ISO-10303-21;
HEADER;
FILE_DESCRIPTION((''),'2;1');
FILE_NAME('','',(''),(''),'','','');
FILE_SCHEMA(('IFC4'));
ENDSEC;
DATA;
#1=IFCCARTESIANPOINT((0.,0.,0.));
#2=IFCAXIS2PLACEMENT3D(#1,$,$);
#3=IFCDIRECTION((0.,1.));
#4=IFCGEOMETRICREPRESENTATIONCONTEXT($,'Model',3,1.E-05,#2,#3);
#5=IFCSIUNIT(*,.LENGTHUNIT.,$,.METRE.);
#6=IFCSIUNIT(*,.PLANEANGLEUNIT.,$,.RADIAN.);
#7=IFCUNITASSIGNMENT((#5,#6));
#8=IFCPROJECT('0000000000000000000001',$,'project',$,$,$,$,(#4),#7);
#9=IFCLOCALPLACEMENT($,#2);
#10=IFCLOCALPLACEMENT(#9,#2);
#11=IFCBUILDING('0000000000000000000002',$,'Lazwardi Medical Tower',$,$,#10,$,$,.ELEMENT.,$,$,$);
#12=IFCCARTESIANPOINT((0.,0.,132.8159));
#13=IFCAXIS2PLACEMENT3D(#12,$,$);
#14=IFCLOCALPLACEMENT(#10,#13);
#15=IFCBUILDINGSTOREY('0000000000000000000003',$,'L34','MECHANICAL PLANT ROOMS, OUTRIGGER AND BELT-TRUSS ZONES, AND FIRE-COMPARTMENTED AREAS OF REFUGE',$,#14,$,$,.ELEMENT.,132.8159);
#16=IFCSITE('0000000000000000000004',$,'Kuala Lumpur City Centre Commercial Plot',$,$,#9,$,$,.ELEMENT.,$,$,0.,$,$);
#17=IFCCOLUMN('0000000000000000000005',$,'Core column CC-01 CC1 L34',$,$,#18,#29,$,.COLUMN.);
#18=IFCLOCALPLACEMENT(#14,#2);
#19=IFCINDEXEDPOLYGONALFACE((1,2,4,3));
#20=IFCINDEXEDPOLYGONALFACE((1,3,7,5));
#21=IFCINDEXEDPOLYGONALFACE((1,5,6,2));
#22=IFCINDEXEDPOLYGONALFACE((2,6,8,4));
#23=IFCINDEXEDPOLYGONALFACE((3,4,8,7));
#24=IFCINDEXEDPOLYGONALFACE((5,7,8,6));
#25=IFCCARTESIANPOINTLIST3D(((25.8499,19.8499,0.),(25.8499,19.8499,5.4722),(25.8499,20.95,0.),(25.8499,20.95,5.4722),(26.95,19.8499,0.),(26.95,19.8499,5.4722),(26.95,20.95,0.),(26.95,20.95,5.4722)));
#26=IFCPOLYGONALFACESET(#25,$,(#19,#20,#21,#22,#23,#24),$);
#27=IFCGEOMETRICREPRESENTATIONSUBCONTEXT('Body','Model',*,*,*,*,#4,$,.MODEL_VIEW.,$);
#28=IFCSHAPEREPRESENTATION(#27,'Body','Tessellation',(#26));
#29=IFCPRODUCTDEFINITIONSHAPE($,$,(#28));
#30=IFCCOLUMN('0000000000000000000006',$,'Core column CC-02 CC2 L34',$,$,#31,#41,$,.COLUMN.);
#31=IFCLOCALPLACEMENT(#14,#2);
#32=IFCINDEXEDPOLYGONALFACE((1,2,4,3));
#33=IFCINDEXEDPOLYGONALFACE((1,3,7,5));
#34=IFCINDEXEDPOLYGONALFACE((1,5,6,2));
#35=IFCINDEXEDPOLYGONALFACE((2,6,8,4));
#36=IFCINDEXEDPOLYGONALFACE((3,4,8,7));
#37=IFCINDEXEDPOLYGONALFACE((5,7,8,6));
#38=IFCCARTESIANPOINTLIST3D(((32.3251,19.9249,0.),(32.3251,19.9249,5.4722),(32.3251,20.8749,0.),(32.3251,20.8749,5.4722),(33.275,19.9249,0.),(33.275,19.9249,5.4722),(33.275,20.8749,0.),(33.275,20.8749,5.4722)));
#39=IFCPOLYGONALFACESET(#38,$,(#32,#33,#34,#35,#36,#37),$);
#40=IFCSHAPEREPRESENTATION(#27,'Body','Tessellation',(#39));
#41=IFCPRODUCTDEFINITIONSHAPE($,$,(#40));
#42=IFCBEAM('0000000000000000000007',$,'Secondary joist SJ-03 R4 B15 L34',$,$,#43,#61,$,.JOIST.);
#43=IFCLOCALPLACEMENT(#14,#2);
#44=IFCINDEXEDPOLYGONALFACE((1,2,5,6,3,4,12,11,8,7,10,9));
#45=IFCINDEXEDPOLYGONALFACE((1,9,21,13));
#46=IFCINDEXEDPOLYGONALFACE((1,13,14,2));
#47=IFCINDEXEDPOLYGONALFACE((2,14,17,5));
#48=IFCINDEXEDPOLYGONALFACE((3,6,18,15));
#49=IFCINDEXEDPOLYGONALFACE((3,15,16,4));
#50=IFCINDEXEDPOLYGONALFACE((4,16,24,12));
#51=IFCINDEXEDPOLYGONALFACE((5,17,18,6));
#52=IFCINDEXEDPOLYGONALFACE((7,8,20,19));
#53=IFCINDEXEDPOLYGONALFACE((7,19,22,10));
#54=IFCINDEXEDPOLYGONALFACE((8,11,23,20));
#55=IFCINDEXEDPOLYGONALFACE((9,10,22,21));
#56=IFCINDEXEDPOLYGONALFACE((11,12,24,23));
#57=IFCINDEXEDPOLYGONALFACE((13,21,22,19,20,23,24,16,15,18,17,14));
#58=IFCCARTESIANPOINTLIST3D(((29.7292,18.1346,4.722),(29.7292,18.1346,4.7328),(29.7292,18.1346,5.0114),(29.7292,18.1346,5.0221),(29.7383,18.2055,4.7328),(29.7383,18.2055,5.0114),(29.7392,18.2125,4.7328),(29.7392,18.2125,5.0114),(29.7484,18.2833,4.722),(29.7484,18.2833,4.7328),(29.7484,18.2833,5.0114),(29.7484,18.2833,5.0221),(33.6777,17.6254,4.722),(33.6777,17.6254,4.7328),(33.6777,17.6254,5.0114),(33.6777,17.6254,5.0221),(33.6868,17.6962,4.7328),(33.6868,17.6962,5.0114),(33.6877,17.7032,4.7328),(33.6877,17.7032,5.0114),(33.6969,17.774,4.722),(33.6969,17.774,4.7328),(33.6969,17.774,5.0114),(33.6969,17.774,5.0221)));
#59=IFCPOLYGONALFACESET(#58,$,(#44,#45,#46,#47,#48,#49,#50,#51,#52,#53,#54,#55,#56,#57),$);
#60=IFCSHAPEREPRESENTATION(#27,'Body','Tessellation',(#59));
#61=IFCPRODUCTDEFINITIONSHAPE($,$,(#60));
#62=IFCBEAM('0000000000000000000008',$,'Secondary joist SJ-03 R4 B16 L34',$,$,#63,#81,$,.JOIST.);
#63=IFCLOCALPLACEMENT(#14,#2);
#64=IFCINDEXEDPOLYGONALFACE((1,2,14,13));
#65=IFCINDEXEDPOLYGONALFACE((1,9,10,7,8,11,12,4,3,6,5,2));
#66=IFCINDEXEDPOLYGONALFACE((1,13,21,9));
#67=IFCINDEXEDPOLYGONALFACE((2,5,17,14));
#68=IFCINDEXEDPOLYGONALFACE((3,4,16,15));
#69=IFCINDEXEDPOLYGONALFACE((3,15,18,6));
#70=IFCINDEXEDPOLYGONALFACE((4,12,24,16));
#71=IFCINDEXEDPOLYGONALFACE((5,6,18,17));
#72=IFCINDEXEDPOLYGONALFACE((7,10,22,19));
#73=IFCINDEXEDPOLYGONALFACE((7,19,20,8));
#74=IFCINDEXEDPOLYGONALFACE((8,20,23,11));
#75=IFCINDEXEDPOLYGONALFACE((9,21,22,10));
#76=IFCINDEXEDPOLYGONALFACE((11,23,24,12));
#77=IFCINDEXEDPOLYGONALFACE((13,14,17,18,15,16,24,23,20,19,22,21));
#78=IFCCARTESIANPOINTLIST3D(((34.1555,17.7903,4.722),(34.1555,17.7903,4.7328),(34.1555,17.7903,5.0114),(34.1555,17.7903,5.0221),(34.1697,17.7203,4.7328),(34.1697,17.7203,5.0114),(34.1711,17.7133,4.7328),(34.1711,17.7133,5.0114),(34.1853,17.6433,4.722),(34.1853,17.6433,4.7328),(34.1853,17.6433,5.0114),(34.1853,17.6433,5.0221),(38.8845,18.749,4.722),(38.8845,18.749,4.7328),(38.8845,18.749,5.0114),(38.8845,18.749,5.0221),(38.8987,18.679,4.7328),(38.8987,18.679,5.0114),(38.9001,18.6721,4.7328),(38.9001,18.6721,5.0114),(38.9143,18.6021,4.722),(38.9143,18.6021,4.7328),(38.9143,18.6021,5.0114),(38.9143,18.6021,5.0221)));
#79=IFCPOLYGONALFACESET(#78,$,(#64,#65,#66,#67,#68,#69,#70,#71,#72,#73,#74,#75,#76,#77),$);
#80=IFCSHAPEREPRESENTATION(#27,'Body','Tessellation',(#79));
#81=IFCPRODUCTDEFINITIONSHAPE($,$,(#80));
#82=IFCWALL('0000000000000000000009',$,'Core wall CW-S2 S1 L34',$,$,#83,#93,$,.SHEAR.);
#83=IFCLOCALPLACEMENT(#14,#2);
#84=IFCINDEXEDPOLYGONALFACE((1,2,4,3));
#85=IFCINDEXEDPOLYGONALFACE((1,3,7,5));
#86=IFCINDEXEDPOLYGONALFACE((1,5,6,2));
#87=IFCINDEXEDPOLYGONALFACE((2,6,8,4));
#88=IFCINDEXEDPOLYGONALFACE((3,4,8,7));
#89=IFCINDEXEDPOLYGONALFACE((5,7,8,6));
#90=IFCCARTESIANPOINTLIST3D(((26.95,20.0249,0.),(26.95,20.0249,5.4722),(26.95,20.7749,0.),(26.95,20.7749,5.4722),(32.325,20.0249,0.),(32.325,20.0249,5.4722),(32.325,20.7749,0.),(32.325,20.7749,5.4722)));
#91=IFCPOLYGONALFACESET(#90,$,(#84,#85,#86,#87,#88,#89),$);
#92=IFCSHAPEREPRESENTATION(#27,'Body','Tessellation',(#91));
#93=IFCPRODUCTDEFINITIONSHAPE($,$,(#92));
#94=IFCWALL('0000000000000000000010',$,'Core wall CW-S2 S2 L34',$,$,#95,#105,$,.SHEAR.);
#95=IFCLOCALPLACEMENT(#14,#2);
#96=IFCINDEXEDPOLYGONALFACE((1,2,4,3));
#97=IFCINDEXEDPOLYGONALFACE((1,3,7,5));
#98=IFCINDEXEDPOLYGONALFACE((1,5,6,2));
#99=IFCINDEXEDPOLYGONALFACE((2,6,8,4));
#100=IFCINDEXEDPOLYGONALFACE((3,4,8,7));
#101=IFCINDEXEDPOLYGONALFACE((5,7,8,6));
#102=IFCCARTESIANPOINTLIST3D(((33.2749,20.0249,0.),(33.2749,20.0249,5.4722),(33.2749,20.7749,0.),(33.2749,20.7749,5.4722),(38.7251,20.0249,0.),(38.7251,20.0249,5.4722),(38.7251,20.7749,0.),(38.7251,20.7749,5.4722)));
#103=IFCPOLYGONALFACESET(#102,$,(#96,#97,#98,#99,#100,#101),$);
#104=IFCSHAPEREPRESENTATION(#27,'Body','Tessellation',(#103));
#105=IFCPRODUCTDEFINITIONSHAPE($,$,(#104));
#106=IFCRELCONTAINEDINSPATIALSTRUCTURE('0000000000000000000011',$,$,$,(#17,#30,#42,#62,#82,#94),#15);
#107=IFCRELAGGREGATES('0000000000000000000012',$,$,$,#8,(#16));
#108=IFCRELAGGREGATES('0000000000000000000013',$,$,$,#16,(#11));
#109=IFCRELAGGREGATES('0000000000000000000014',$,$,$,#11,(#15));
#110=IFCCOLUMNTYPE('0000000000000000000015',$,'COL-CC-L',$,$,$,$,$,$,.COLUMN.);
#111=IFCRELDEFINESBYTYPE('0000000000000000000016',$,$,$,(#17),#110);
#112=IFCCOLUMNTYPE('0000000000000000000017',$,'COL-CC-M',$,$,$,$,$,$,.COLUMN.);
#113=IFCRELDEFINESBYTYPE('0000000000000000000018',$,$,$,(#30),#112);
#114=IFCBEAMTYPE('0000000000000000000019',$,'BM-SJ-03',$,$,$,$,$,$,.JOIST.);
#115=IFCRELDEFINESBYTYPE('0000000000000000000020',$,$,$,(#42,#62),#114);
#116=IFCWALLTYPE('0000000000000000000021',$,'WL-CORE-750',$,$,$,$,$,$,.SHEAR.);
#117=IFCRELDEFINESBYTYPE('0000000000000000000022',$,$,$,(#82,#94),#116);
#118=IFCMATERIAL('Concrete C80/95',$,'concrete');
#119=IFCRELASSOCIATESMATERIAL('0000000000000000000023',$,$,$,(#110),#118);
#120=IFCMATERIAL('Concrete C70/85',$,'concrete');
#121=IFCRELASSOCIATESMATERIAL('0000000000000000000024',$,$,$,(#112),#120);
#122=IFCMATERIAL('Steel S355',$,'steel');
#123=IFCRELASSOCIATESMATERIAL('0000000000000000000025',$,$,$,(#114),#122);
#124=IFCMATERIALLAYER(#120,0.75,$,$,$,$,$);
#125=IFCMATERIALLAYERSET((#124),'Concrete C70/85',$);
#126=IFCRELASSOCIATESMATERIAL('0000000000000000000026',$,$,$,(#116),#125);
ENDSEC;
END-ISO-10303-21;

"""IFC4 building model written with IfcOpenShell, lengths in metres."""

from ifc_helpers import new_model, si_unit, direction, frame, frame_2d, origin, origin_2d, place, context, subcontext, project, spatial, rectangle, i_section, extrude, material, layer, layer_set, material_profile, profile_set, type_object, element, save


model = new_model("IFC4")

# Units and contexts
model_context = context("Model", 3, precision=1e-05, world=origin(), true_north=direction((0.0, 1.0)))
body_context = subcontext(model_context, "Body", "Model", "MODEL_VIEW")
ifc_project = project(units=[si_unit("LENGTHUNIT", "METRE"), si_unit("PLANEANGLEUNIT", "RADIAN")], contexts=[model_context])

# Site, building, storey
site_placement = place(None, origin())
site = spatial("IfcSite", under=ifc_project, at=site_placement, Name="Kuala Lumpur City Centre Commercial Plot", CompositionType="ELEMENT", RefElevation=0.0)
building_placement = place(site_placement, origin())
building = spatial("IfcBuilding", under=site, at=building_placement, Name="Lazwardi Medical Tower", CompositionType="ELEMENT")
storey_placement = place(building_placement, frame((0.0, 0.0, 132.8159)))
storey = spatial("IfcBuildingStorey", under=building, at=storey_placement, Name="L34", Description="MECHANICAL PLANT ROOMS, OUTRIGGER AND BELT-TRUSS ZONES, AND FIRE-COMPARTMENTED AREAS OF REFUGE", CompositionType="ELEMENT", Elevation=132.8159)

# Columns
ifc_material_1 = material(Name="Concrete C80/95", Category="concrete")
ifc_material_profile_1 = material_profile(ifc_material_1, rectangle(XDim=1.1001, YDim=1.1001, at=origin_2d()), Name="RC 1100x1100")
ifc_profile_set_1 = profile_set([ifc_material_profile_1], Name="Concrete C80/95")
column_type_1 = type_object("IfcColumnType", Name="COL-CC-L", PredefinedType="COLUMN", material=ifc_profile_set_1)
column_1_placement = place(storey_placement, frame((26.3999, 20.3999, 0.0), z_axis=(0.0, 0.0, 1.0), x_axis=(1.0, 0.0, 0.0)))
element("IfcColumn", 1, at=column_1_placement, inside=storey, type_object=column_type_1, Name="Core column CC-01 CC1 L34", PredefinedType="COLUMN", context=body_context, shape_type="SweptSolid", body=[
    extrude(rectangle(XDim=1.1001, YDim=1.1001, at=origin_2d()), origin(), (0.0, 0.0, 1.0), 5.4722),
])
ifc_material_2 = material(Name="Concrete C70/85", Category="concrete")
ifc_material_profile_2 = material_profile(ifc_material_2, rectangle(XDim=0.95, YDim=0.95, at=origin_2d()), Name="RC 950x950")
ifc_profile_set_2 = profile_set([ifc_material_profile_2], Name="Concrete C70/85")
column_type_2 = type_object("IfcColumnType", Name="COL-CC-M", PredefinedType="COLUMN", material=ifc_profile_set_2)
column_2_placement = place(storey_placement, frame((32.8, 20.3999, 0.0), z_axis=(0.0, 0.0, 1.0), x_axis=(1.0, 0.0, 0.0)))
element("IfcColumn", 2, at=column_2_placement, inside=storey, type_object=column_type_2, Name="Core column CC-02 CC2 L34", PredefinedType="COLUMN", context=body_context, shape_type="SweptSolid", body=[
    extrude(rectangle(XDim=0.95, YDim=0.95, at=origin_2d()), origin(), (0.0, 0.0, 1.0), 5.4722),
])

# Beams
ifc_material_3 = material(Name="Steel S355", Category="steel")
ifc_material_profile_3 = material_profile(ifc_material_3, i_section(OverallWidth=0.1499, OverallDepth=0.3, WebThickness=0.0071, FlangeThickness=0.0107, at=origin_2d()), Name="IPE 300")
ifc_profile_set_3 = profile_set([ifc_material_profile_3], Name="Steel S355")
beam_type = type_object("IfcBeamType", Name="BM-SJ-03", PredefinedType="JOIST", material=ifc_profile_set_3)
beam_1_placement = place(storey_placement, frame((29.7388, 18.209, 4.8721), z_axis=(0.991784, -0.127921, 0.0), x_axis=(0.127921, 0.991784, 0.0)))
element("IfcBeam", 3, at=beam_1_placement, inside=storey, type_object=beam_type, Name="Secondary joist SJ-03 R4 B15 L34", PredefinedType="JOIST", context=body_context, shape_type="SweptSolid", body=[
    extrude(i_section(OverallWidth=0.1499, OverallDepth=0.3, WebThickness=0.0071, FlangeThickness=0.0107, at=origin_2d()), origin(), (0.0, 0.0, 1.0), 3.9812),
])
beam_2_placement = place(storey_placement, frame((34.1704, 17.7168, 4.8721), z_axis=(0.980062, 0.198694, 0.0), x_axis=(-0.198694, 0.980062, 0.0)))
element("IfcBeam", 4, at=beam_2_placement, inside=storey, type_object=beam_type, Name="Secondary joist SJ-03 R4 B16 L34", PredefinedType="JOIST", context=body_context, shape_type="SweptSolid", body=[
    extrude(i_section(OverallWidth=0.1499, OverallDepth=0.3, WebThickness=0.0071, FlangeThickness=0.0107, at=origin_2d()), origin(), (0.0, 0.0, 1.0), 4.8252),
])

# Walls
ifc_layer_1 = layer(ifc_material_2, 0.75)
ifc_layer_set_1 = layer_set([ifc_layer_1], Name="Concrete C70/85")
wall_type_1 = type_object("IfcWallType", Name="WL-CORE-750", PredefinedType="SHEAR", material=ifc_layer_set_1)
wall_1_placement = place(storey_placement, frame((26.95, 20.3999, 0.0), z_axis=(0.0, 0.0, 1.0), x_axis=(1.0, 0.0, 0.0)))
element("IfcWall", 5, at=wall_1_placement, inside=storey, type_object=wall_type_1, Name="Core wall CW-S2 S1 L34", PredefinedType="SHEAR", context=body_context, shape_type="SweptSolid", body=[
    extrude(rectangle(XDim=5.375, YDim=0.75, at=frame_2d((2.6875, 0.0))), origin(), (0.0, 0.0, 1.0), 5.4722),
])
wall_2_placement = place(storey_placement, frame((33.2749, 20.3999, 0.0), z_axis=(0.0, 0.0, 1.0), x_axis=(1.0, 0.0, 0.0)))
element("IfcWall", 6, at=wall_2_placement, inside=storey, type_object=wall_type_1, Name="Core wall CW-S2 S2 L34", PredefinedType="SHEAR", context=body_context, shape_type="SweptSolid", body=[
    extrude(rectangle(XDim=5.4502, YDim=0.75, at=frame_2d((2.7251, 0.0))), origin(), (0.0, 0.0, 1.0), 5.4722),
])

save(model, "model.ifc")
